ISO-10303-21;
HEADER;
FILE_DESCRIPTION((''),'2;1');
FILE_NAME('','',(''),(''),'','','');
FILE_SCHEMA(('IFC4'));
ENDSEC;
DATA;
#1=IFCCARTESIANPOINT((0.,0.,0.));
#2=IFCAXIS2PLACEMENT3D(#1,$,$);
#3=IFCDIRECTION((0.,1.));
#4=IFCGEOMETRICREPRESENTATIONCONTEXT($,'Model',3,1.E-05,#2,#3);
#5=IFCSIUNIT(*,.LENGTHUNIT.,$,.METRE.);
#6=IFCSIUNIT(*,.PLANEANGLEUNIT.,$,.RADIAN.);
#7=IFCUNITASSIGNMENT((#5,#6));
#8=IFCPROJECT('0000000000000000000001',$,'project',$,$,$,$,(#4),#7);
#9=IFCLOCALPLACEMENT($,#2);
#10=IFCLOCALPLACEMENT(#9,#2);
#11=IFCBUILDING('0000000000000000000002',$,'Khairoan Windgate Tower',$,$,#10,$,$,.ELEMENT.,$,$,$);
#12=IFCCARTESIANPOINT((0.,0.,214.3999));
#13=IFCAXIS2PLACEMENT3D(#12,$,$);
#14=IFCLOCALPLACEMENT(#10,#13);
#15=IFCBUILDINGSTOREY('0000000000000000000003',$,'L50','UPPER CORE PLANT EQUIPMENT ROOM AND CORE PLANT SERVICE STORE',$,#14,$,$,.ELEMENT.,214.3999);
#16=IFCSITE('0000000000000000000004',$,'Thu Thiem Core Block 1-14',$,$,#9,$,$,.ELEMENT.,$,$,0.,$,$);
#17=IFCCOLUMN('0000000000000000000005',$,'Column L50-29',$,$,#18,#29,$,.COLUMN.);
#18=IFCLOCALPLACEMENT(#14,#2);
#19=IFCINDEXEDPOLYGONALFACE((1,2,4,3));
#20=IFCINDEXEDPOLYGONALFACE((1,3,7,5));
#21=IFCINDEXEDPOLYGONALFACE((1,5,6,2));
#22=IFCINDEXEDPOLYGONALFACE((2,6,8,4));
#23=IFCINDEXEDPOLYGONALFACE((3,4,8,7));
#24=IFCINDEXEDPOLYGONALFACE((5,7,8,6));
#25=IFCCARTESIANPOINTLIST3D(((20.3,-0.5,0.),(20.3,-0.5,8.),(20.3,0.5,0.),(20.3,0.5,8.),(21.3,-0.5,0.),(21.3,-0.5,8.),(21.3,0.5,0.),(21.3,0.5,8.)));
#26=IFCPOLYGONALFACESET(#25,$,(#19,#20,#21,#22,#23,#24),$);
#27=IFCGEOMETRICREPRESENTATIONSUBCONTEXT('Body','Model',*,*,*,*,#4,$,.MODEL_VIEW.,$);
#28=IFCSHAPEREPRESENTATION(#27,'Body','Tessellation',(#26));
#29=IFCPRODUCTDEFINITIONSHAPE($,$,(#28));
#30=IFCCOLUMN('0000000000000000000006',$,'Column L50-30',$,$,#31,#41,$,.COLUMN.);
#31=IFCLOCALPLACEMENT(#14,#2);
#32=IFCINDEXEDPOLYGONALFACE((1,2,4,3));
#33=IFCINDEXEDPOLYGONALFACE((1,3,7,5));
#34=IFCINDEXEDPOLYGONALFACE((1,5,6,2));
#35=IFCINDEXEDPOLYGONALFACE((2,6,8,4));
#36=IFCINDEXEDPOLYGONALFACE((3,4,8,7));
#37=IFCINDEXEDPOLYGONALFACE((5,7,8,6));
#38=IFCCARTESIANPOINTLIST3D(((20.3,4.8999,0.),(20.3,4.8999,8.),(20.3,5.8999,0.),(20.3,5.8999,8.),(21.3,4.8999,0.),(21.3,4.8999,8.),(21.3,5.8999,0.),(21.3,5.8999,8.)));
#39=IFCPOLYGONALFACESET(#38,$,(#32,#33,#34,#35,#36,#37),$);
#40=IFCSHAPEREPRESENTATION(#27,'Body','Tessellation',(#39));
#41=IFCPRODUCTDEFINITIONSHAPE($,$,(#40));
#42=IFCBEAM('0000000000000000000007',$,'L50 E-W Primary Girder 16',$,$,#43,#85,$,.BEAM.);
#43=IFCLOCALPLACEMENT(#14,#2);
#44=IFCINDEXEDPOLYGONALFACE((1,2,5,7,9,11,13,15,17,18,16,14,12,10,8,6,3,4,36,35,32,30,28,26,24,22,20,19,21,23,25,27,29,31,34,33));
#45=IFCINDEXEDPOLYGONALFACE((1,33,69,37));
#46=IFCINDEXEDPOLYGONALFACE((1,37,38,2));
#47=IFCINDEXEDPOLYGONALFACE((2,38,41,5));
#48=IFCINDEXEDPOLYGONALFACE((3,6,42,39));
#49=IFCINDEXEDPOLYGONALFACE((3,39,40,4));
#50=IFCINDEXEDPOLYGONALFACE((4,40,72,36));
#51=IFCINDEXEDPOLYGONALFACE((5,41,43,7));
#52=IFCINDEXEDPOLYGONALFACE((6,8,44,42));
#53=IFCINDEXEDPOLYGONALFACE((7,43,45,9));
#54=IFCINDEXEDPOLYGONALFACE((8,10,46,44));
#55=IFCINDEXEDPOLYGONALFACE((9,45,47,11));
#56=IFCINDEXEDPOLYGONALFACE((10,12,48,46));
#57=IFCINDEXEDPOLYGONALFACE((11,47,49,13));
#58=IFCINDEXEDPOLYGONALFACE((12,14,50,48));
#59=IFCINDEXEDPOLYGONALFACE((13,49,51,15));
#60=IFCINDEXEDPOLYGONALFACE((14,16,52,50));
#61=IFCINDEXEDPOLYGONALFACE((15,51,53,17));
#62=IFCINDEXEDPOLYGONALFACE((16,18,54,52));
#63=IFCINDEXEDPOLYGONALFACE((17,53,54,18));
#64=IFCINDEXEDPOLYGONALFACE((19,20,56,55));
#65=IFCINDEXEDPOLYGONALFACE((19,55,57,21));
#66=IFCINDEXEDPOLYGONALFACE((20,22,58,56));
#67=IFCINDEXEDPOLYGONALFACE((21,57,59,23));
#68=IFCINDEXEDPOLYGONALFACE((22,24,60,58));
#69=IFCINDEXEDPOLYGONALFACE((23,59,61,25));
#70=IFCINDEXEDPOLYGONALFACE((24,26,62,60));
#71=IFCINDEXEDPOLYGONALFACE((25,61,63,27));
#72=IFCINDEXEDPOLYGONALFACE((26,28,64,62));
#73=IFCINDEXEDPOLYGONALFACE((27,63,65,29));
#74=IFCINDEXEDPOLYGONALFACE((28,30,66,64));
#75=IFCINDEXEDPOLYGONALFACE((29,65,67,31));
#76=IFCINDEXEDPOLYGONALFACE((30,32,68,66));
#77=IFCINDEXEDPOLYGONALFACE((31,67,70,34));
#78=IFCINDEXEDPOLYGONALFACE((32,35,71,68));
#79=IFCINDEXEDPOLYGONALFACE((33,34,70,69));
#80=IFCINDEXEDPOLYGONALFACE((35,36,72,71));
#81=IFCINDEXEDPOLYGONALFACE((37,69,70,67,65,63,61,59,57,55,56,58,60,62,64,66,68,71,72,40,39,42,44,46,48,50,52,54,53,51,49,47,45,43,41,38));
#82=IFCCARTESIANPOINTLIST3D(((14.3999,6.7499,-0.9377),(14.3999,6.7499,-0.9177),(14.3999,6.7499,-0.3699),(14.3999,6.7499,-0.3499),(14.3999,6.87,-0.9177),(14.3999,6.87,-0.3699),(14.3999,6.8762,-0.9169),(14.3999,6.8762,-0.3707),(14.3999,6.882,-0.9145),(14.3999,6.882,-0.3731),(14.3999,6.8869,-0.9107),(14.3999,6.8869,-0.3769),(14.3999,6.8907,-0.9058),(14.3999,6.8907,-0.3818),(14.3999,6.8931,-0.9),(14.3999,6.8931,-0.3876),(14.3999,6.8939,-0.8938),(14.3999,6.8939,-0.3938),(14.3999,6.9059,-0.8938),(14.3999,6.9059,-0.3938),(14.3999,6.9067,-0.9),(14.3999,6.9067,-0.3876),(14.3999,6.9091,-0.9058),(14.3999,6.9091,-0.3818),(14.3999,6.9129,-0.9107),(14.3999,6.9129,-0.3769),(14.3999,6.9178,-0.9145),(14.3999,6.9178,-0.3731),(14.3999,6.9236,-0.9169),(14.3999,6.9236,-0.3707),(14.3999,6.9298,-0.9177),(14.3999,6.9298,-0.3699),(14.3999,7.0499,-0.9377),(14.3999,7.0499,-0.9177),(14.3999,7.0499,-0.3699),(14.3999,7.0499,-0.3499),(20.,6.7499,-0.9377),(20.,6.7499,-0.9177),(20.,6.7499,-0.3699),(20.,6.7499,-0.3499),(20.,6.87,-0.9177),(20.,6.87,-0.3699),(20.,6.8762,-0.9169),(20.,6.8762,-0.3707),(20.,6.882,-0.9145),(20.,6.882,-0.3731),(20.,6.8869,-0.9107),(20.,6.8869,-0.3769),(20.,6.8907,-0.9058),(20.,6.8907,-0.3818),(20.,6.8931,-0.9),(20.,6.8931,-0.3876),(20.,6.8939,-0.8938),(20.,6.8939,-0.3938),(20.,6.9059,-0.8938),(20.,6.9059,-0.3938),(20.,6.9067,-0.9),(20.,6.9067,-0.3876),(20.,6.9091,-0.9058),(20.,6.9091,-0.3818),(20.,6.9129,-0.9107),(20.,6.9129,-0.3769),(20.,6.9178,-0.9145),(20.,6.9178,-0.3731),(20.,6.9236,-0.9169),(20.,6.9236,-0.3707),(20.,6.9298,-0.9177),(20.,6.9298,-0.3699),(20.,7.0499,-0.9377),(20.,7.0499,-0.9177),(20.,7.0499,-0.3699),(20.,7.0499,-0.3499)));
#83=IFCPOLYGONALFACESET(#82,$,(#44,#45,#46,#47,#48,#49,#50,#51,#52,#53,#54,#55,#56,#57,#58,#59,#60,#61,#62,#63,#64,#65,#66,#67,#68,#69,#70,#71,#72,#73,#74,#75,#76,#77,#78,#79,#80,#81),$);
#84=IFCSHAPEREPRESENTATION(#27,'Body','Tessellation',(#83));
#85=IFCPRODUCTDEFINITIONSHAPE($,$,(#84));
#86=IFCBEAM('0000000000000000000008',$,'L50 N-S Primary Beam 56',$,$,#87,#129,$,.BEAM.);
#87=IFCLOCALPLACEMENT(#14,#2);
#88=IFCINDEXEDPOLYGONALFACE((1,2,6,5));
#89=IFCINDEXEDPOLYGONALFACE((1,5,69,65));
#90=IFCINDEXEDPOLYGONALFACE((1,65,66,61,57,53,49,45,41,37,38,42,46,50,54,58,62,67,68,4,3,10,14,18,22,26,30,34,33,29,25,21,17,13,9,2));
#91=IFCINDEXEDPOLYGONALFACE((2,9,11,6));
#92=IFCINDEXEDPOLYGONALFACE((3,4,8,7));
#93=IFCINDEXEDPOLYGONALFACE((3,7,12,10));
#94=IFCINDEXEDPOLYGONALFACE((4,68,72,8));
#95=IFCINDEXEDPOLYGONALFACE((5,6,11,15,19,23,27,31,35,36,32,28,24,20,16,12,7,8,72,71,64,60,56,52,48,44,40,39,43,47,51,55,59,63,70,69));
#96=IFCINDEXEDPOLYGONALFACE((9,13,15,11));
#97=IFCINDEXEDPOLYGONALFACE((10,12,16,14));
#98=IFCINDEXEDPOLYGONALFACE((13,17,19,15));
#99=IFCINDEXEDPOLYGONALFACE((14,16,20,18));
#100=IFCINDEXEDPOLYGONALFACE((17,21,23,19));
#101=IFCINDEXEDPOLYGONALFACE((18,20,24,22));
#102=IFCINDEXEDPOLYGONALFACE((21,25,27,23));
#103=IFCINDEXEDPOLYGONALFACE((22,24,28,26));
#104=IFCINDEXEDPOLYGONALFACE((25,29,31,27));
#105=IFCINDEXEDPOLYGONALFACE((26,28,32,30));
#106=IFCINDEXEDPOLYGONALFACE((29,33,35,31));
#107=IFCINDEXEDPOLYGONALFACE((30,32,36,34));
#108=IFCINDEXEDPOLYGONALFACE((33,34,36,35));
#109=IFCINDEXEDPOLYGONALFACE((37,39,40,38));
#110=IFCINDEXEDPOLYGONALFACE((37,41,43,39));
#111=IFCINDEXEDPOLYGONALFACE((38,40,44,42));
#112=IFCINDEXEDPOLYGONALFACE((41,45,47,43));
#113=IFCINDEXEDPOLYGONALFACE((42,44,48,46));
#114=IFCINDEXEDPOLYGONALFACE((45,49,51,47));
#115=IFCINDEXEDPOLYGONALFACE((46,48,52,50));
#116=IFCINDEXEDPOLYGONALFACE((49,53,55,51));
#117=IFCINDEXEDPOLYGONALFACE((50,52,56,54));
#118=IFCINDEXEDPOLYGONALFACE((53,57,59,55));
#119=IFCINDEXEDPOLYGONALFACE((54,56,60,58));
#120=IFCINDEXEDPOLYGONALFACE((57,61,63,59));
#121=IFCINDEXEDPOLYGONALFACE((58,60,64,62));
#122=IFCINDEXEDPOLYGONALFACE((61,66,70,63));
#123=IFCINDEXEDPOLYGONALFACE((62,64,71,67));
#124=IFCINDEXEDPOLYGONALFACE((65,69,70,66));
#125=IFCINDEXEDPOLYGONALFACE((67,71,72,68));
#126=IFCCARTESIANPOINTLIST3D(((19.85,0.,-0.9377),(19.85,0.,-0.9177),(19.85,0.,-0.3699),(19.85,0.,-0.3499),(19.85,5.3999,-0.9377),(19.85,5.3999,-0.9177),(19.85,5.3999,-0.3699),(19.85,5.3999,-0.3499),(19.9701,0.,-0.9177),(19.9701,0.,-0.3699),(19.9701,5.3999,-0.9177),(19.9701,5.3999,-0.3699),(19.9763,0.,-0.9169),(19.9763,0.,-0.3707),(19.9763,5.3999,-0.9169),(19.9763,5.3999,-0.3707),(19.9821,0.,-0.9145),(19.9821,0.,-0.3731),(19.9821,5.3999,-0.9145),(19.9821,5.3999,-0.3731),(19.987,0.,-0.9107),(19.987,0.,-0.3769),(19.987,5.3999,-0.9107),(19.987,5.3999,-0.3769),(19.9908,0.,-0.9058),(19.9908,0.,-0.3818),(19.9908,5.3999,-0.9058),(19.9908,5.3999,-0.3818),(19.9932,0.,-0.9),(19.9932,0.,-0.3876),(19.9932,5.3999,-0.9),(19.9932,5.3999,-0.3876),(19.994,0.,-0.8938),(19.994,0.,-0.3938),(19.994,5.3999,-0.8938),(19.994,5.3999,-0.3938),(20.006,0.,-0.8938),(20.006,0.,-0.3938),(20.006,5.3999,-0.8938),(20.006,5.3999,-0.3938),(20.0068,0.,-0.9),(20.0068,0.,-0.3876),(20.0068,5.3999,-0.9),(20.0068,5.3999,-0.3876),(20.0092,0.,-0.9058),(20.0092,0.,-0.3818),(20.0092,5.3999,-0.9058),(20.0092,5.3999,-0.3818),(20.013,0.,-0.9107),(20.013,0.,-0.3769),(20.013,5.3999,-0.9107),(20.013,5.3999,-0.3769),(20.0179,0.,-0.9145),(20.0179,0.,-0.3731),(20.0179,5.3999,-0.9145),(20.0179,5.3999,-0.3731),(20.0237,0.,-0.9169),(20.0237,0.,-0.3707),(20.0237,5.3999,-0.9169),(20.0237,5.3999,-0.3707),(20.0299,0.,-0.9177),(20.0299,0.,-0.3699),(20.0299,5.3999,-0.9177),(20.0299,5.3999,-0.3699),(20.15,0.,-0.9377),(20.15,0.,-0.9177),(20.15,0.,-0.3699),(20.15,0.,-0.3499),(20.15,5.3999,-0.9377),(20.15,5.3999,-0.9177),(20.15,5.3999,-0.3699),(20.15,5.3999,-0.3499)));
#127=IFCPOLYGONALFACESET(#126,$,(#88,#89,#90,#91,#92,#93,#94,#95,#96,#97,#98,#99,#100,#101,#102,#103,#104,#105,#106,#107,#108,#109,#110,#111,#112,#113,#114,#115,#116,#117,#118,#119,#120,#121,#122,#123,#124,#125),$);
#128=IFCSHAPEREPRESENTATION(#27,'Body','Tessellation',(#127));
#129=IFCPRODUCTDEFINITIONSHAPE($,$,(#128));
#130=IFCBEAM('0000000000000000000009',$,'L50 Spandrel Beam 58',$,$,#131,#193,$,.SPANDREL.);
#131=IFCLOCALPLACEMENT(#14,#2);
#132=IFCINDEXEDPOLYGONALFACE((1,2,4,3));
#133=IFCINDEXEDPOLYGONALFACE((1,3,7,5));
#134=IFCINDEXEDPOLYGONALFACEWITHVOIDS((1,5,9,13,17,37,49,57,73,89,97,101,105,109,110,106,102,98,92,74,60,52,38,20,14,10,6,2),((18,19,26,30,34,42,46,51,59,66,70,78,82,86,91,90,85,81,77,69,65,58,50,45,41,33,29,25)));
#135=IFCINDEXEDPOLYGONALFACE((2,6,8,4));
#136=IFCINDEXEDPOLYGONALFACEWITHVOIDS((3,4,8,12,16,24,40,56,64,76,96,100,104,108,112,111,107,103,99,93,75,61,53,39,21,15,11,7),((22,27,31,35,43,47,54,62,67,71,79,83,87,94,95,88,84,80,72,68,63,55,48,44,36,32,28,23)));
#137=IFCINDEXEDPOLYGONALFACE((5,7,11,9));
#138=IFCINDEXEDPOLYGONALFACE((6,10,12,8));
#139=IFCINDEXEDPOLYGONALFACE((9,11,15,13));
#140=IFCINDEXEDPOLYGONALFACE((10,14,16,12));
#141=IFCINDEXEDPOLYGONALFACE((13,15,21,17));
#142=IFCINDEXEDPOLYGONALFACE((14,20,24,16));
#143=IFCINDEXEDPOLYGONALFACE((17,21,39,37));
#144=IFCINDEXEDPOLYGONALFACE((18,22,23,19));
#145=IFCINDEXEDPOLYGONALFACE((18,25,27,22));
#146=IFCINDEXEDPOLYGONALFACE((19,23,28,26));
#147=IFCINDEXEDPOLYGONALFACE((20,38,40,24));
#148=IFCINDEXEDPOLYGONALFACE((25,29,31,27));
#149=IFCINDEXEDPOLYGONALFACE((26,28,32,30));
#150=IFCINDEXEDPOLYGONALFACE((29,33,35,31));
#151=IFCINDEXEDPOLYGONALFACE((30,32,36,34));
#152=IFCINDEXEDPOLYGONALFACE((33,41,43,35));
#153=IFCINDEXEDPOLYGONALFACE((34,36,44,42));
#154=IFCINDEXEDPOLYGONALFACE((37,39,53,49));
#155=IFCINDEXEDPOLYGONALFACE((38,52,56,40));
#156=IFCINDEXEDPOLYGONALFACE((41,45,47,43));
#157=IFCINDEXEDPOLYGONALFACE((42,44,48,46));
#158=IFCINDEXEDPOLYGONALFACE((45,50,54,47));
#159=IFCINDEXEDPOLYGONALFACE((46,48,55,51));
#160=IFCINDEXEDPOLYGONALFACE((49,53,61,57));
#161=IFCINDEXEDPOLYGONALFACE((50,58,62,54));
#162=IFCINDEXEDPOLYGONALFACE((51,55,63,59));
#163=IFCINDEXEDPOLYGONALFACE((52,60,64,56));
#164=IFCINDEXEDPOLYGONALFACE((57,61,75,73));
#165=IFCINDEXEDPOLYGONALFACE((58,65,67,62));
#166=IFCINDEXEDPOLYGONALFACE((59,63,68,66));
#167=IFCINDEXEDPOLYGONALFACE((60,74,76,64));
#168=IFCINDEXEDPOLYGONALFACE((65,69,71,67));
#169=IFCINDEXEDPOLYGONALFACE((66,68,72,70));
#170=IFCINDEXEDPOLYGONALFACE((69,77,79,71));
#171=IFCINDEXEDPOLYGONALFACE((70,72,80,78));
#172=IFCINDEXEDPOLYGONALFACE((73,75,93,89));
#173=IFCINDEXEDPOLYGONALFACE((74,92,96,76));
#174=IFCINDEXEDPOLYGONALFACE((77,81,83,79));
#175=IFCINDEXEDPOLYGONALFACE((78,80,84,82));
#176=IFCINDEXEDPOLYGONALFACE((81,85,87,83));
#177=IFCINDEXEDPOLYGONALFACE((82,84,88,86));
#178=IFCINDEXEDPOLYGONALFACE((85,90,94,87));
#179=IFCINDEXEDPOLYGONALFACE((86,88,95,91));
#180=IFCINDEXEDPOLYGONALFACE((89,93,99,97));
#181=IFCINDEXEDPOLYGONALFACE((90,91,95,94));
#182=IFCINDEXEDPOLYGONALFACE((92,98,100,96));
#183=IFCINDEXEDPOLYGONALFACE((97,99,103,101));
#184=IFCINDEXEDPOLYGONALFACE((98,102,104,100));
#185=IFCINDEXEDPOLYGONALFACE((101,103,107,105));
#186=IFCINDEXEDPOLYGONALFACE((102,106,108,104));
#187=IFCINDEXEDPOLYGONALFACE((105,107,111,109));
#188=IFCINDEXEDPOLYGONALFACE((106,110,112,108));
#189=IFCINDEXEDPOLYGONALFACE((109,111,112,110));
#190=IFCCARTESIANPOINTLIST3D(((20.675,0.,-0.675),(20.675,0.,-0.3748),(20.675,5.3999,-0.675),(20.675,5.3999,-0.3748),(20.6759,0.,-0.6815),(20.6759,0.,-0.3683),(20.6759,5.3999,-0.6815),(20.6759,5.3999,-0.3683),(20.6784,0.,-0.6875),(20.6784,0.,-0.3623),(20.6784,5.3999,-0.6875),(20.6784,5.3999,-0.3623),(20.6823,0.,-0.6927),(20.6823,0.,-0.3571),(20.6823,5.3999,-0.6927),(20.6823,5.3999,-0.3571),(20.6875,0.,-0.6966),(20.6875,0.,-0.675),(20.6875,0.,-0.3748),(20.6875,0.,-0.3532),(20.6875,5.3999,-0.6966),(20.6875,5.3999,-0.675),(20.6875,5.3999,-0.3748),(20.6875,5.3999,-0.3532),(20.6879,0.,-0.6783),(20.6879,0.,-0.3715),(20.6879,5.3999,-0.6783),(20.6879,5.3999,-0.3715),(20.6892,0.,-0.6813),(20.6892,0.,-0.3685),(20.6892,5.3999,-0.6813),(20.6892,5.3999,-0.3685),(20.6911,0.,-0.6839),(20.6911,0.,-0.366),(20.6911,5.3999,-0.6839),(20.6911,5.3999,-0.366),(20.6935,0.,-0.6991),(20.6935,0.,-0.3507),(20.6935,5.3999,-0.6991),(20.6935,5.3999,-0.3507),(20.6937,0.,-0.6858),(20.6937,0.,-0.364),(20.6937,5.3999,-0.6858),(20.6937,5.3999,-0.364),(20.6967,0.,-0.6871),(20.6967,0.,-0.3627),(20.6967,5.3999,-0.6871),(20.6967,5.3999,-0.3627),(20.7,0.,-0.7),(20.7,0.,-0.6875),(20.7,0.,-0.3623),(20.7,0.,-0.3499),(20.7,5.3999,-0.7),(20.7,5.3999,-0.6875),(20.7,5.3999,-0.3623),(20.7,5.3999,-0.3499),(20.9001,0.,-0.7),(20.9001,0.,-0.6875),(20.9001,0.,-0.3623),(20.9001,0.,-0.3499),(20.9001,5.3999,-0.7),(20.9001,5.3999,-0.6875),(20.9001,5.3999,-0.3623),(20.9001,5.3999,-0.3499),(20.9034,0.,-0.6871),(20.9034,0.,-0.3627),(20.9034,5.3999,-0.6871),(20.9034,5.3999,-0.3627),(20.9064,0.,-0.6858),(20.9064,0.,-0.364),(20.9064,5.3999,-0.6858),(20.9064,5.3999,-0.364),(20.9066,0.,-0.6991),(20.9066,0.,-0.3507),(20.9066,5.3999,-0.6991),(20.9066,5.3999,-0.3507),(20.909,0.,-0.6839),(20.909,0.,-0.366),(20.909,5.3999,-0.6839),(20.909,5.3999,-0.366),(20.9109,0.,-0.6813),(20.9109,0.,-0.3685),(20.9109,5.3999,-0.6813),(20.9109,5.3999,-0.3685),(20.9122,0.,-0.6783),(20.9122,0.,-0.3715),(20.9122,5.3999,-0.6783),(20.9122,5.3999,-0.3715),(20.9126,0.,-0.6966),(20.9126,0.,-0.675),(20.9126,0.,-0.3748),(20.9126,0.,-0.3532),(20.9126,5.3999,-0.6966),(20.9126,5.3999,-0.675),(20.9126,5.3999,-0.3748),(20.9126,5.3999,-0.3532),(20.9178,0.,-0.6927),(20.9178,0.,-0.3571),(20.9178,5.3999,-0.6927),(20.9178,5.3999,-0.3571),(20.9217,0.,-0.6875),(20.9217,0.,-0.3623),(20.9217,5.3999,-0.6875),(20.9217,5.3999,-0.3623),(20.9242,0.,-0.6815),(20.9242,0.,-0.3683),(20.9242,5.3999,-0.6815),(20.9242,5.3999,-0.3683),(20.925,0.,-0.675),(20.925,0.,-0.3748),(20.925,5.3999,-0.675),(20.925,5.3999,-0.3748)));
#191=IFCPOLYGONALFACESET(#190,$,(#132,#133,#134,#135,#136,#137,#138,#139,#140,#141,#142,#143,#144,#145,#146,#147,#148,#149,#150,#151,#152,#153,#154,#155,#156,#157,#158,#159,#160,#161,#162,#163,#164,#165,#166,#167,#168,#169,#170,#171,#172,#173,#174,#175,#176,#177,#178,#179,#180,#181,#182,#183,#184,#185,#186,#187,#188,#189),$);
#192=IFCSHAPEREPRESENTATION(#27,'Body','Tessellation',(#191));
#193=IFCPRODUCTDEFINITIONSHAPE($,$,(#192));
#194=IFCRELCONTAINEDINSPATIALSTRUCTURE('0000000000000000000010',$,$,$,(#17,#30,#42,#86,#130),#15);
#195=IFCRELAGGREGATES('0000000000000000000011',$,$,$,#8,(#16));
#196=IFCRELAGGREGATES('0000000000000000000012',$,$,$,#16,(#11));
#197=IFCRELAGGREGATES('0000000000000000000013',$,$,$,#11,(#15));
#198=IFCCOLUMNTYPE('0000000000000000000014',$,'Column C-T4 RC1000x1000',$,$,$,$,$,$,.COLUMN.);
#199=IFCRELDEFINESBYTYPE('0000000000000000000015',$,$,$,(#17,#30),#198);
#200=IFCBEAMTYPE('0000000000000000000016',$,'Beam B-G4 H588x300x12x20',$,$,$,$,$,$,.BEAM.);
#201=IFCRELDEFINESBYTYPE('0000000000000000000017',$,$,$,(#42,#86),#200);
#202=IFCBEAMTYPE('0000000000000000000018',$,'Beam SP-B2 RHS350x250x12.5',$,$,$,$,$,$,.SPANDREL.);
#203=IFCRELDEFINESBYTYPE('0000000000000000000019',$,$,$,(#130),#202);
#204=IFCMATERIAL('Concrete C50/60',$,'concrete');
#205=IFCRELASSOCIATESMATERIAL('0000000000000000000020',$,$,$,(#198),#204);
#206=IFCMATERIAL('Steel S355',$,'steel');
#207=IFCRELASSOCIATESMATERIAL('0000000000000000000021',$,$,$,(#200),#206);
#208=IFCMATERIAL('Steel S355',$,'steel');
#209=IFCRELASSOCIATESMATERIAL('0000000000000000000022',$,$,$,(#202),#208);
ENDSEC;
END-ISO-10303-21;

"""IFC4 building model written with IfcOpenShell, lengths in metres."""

from ifc_helpers import new_model, si_unit, direction, frame, origin, origin_2d, place, context, subcontext, project, spatial, rectangle, hollow_rectangle, i_section, extrude, material, material_profile, profile_set, type_object, element, save


model = new_model("IFC4")

# Units and contexts
model_context = context("Model", 3, precision=1e-05, world=origin(), true_north=direction((0.0, 1.0)))
body_context = subcontext(model_context, "Body", "Model", "MODEL_VIEW")
ifc_project = project(units=[si_unit("LENGTHUNIT", "METRE"), si_unit("PLANEANGLEUNIT", "RADIAN")], contexts=[model_context])

# Site, building, storey
site_placement = place(None, origin())
site = spatial("IfcSite", under=ifc_project, at=site_placement, Name="Thu Thiem Core Block 1-14", CompositionType="ELEMENT", RefElevation=0.0)
building_placement = place(site_placement, origin())
building = spatial("IfcBuilding", under=site, at=building_placement, Name="Khairoan Windgate Tower", CompositionType="ELEMENT")
storey_placement = place(building_placement, frame((0.0, 0.0, 214.3999)))
storey = spatial("IfcBuildingStorey", under=building, at=storey_placement, Name="L50", Description="UPPER CORE PLANT EQUIPMENT ROOM AND CORE PLANT SERVICE STORE", CompositionType="ELEMENT", Elevation=214.3999)

# Columns
ifc_material_1 = material(Name="Concrete C50/60", Category="concrete")
ifc_material_profile_1 = material_profile(ifc_material_1, rectangle(XDim=1.0, YDim=1.0, at=origin_2d()))
ifc_profile_set_1 = profile_set([ifc_material_profile_1], Name="Concrete C50/60")
column_type = type_object("IfcColumnType", Name="Column C-T4 RC1000x1000", PredefinedType="COLUMN", material=ifc_profile_set_1)
for number, where, z_axis, x_axis, name in (
    (1, (20.8, 0.0, 0.0), (0.0, 0.0, 1.0), (1.0, 0.0, 0.0), "Column L50-29"),
    (2, (20.8, 5.3999, 0.0), (0.0, 0.0, 1.0), (1.0, 0.0, 0.0), "Column L50-30"),
):
    element("IfcColumn", number, at=place(storey_placement, frame(where, z_axis=z_axis, x_axis=x_axis)), inside=storey, type_object=column_type, Name=name, PredefinedType="COLUMN", context=body_context, shape_type="SweptSolid", body=[
        extrude(rectangle(XDim=1.0, YDim=1.0, at=origin_2d()), origin(), (0.0, 0.0, 1.0), 8.0),
    ])

# Beams
ifc_material_2 = material(Name="Steel S355", Category="steel")
ifc_material_profile_2 = material_profile(ifc_material_2, i_section(OverallWidth=0.3, OverallDepth=0.5879, WebThickness=0.012, FlangeThickness=0.02, FilletRadius=0.0239, at=origin_2d()))
ifc_profile_set_2 = profile_set([ifc_material_profile_2], Name="Steel S355")
beam_type_1 = type_object("IfcBeamType", Name="Beam B-G4 H588x300x12x20", PredefinedType="BEAM", material=ifc_profile_set_2)
beam_1_placement = place(storey_placement, frame((14.3999, 6.8999, -0.6438), z_axis=(1.0, 0.0, 0.0), x_axis=(0.0, 1.0, 0.0)))
element("IfcBeam", 3, at=beam_1_placement, inside=storey, type_object=beam_type_1, Name="L50 E-W Primary Girder 16", PredefinedType="BEAM", context=body_context, shape_type="SweptSolid", body=[
    extrude(i_section(OverallWidth=0.3, OverallDepth=0.5879, WebThickness=0.012, FlangeThickness=0.02, FilletRadius=0.0239, at=origin_2d()), origin(), (0.0, 0.0, 1.0), 5.6001),
])
beam_2_placement = place(storey_placement, frame((20.0, 0.0, -0.6438), z_axis=(0.0, 1.0, 0.0), x_axis=(-1.0, 0.0, 0.0)))
element("IfcBeam", 4, at=beam_2_placement, inside=storey, type_object=beam_type_1, Name="L50 N-S Primary Beam 56", PredefinedType="BEAM", context=body_context, shape_type="SweptSolid", body=[
    extrude(i_section(OverallWidth=0.3, OverallDepth=0.5879, WebThickness=0.012, FlangeThickness=0.02, FilletRadius=0.0239, at=origin_2d()), origin(), (0.0, 0.0, 1.0), 5.3999),
])
ifc_material_3 = material(Name="Steel S355", Category="steel")
ifc_material_profile_3 = material_profile(ifc_material_3, hollow_rectangle(XDim=0.25, YDim=0.3501, WallThickness=0.0125, InnerFilletRadius=0.0125, OuterFilletRadius=0.0249, at=origin_2d()))
ifc_profile_set_3 = profile_set([ifc_material_profile_3], Name="Steel S355")
beam_type_2 = type_object("IfcBeamType", Name="Beam SP-B2 RHS350x250x12.5", PredefinedType="SPANDREL", material=ifc_profile_set_3)
beam_3_placement = place(storey_placement, frame((20.8, 0.0, -0.5249), z_axis=(0.0, 1.0, 0.0), x_axis=(-1.0, 0.0, 0.0)))
element("IfcBeam", 5, at=beam_3_placement, inside=storey, type_object=beam_type_2, Name="L50 Spandrel Beam 58", PredefinedType="SPANDREL", context=body_context, shape_type="SweptSolid", body=[
    extrude(hollow_rectangle(XDim=0.25, YDim=0.3501, WallThickness=0.0125, InnerFilletRadius=0.0125, OuterFilletRadius=0.0249, at=origin_2d()), origin(), (0.0, 0.0, 1.0), 5.3999),
])

save(model, "model.ifc")
